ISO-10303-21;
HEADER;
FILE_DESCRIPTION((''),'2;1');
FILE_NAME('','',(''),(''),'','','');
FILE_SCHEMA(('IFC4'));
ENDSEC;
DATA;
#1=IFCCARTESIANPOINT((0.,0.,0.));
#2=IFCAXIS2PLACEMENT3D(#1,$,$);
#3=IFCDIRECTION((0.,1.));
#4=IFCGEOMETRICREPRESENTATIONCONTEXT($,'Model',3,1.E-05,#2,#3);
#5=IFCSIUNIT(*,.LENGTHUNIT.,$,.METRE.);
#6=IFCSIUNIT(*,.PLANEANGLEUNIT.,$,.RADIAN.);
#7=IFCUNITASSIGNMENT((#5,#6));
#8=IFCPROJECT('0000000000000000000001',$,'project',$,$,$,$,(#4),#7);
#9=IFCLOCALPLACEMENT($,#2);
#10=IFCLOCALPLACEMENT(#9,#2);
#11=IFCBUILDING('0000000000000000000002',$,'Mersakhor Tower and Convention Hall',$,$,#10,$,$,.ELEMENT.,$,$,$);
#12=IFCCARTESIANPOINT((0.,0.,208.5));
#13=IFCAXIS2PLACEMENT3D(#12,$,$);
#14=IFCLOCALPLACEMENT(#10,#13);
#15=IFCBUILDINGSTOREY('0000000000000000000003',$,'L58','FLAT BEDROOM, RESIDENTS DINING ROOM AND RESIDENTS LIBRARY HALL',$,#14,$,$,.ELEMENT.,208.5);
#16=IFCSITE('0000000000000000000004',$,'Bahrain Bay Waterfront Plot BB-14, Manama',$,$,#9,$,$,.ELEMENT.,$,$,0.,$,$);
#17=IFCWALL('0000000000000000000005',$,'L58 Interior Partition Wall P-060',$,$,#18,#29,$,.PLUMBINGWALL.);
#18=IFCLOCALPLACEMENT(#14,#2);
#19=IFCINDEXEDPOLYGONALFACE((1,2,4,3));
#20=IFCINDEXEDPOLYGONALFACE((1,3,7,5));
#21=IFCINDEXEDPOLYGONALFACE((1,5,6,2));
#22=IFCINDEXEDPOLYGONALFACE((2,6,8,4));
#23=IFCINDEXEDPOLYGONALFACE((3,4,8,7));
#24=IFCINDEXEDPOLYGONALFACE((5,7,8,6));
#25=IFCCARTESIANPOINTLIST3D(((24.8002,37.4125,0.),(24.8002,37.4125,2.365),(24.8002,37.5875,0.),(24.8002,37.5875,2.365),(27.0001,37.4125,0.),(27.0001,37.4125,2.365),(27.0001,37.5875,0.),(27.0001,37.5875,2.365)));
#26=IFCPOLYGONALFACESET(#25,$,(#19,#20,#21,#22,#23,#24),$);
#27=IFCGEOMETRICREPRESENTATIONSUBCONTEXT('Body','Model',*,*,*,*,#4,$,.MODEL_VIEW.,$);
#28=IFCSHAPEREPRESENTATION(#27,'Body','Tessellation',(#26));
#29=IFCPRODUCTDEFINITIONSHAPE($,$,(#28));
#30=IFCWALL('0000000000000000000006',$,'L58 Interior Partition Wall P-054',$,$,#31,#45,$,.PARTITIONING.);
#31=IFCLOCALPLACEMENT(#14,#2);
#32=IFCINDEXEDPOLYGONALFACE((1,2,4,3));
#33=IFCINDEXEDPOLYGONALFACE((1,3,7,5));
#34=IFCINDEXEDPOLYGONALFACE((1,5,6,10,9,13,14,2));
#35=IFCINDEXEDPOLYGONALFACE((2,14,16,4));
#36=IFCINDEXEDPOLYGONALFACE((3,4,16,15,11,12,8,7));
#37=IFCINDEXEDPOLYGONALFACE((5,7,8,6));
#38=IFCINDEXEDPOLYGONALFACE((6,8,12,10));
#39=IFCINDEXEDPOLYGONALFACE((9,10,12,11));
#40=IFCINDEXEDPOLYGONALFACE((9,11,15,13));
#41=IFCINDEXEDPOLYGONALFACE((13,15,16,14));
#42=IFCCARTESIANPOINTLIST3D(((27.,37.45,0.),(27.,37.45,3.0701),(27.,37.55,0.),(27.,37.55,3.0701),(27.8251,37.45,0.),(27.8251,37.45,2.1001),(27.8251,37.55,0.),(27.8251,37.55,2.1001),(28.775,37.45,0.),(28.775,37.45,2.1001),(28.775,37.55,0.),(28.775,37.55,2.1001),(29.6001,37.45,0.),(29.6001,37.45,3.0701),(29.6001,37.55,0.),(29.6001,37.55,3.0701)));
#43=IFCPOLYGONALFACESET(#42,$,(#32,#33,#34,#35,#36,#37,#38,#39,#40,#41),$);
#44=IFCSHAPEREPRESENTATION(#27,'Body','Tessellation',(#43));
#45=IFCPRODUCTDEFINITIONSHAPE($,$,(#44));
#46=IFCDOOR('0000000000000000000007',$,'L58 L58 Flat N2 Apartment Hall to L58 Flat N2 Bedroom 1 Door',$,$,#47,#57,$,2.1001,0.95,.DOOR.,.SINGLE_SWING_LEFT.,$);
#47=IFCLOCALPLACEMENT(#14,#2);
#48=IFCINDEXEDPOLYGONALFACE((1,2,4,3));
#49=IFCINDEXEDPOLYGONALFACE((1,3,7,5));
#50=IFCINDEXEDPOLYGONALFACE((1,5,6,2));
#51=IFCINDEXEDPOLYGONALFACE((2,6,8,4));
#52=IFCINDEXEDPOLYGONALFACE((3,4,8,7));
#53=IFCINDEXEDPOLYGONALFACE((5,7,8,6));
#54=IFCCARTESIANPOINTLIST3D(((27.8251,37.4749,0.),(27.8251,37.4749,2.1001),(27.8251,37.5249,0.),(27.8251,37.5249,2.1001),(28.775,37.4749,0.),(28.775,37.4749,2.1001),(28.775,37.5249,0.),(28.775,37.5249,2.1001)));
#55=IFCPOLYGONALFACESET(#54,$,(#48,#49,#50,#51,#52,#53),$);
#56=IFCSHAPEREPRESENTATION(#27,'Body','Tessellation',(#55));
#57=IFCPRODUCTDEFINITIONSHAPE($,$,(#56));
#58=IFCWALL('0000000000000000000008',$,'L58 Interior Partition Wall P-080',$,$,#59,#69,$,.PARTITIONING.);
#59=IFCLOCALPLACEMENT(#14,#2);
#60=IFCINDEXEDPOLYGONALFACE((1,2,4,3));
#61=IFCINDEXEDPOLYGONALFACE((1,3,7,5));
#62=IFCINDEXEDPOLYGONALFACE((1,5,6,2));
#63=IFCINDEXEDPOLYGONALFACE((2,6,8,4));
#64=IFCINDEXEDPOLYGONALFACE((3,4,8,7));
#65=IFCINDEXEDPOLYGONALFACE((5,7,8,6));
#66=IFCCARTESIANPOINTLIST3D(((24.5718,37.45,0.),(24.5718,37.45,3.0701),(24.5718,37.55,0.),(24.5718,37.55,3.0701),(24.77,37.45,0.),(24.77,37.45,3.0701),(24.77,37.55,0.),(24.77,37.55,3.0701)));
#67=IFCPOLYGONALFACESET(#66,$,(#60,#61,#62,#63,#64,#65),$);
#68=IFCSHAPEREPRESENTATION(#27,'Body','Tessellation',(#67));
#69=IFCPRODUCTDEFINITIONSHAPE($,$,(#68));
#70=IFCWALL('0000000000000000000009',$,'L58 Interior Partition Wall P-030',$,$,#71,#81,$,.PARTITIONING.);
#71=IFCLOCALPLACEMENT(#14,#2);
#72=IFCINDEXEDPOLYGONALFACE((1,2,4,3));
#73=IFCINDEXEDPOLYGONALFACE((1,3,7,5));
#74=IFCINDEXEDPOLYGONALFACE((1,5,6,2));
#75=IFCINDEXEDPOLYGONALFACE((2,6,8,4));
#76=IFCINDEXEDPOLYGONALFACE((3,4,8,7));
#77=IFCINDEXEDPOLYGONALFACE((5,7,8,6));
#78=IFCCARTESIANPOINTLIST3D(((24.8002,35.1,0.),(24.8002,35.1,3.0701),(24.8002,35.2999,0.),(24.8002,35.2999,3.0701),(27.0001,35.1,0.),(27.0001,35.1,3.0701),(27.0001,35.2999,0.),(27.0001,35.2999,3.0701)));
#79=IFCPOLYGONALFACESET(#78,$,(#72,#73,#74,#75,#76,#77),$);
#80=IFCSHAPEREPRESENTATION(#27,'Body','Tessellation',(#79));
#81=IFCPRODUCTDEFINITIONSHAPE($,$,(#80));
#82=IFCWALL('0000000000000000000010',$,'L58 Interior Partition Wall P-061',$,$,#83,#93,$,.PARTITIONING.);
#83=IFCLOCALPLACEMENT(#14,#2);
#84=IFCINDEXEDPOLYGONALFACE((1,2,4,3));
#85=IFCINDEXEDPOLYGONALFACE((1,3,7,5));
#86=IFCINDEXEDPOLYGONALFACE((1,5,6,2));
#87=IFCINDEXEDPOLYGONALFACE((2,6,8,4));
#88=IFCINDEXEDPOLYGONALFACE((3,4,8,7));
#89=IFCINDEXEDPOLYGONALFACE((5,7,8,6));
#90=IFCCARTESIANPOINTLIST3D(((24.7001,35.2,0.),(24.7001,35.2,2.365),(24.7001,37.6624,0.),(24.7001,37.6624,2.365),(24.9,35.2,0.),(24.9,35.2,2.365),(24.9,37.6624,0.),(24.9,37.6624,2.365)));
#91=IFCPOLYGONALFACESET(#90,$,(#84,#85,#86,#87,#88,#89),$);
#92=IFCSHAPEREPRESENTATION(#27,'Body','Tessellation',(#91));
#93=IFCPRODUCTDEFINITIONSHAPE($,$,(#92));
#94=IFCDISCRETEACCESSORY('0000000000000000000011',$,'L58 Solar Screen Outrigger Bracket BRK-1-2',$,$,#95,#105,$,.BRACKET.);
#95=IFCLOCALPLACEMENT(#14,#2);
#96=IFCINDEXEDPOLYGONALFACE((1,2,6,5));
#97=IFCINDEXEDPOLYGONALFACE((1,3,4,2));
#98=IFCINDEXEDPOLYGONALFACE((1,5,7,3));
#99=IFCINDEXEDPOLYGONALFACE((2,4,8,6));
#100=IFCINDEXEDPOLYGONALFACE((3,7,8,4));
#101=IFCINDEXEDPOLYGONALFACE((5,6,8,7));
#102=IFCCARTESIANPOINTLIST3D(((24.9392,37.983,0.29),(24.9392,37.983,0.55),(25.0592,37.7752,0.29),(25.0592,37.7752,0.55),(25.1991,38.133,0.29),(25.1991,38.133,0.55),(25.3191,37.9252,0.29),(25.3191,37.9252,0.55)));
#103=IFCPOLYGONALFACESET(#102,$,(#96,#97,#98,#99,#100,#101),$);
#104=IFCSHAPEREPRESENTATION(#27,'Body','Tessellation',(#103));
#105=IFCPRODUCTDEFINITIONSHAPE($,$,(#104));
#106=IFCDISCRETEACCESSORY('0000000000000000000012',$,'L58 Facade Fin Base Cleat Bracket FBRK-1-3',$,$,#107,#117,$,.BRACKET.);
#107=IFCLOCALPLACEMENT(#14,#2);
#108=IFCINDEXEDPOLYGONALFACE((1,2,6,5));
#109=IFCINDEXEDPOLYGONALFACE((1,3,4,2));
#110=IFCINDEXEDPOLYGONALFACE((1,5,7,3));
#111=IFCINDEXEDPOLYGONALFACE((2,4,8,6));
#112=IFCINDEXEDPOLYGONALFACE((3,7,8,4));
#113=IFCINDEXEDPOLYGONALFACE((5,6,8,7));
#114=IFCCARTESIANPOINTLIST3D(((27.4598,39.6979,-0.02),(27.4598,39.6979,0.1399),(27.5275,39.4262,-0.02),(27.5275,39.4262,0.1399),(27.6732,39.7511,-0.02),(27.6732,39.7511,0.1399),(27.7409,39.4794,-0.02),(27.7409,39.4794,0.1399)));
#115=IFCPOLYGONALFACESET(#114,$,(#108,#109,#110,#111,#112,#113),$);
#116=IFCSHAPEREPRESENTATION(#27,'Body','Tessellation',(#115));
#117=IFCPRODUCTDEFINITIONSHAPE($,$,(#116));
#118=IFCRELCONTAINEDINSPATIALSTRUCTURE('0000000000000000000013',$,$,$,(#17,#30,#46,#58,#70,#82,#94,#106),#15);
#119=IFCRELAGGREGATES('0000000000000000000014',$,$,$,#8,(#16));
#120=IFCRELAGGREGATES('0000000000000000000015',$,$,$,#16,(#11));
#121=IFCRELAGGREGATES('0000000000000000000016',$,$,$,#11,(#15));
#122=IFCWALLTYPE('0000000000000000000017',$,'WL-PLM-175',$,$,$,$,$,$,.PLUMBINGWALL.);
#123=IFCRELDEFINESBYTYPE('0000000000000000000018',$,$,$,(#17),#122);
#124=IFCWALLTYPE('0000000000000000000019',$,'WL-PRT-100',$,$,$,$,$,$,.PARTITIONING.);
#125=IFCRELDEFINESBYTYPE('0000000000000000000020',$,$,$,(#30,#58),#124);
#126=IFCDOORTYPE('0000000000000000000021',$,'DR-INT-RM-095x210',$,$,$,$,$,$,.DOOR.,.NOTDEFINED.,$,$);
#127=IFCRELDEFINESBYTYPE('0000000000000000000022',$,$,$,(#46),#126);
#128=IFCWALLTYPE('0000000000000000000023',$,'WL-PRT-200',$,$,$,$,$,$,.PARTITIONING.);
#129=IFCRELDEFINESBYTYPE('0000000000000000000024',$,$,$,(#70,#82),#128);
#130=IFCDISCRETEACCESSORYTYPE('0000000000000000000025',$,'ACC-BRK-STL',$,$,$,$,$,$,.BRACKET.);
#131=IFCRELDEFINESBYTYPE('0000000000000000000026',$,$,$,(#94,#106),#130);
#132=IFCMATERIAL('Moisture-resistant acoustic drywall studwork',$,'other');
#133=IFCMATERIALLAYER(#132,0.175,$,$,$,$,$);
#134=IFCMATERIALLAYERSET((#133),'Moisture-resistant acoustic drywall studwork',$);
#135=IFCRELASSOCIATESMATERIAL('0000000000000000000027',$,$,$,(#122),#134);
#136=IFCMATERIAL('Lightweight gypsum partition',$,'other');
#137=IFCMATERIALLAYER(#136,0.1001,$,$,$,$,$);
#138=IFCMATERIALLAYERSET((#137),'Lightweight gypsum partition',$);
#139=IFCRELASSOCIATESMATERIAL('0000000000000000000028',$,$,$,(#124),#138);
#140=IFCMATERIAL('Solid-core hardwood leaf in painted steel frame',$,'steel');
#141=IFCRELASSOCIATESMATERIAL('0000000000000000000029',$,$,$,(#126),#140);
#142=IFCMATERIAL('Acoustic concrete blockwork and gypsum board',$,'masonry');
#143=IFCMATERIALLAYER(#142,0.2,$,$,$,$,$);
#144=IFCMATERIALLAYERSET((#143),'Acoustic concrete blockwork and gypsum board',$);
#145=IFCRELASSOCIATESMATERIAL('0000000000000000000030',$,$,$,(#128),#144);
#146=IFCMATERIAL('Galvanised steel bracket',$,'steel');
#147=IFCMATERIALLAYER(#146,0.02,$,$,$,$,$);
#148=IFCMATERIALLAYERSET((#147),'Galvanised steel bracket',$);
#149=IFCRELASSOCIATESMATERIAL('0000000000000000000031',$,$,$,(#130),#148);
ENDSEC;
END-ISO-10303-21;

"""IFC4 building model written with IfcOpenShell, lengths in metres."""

from ifc_helpers import new_model, si_unit, direction, frame, frame_2d, origin, origin_2d, place, context, subcontext, project, spatial, rectangle, extrude, material, layer, layer_set, type_object, element, fill, save


model = new_model("IFC4")

# Units and contexts
model_context = context("Model", 3, precision=1e-05, world=origin(), true_north=direction((0.0, 1.0)))
body_context = subcontext(model_context, "Body", "Model", "MODEL_VIEW")
ifc_project = project(units=[si_unit("LENGTHUNIT", "METRE"), si_unit("PLANEANGLEUNIT", "RADIAN")], contexts=[model_context])

# Site, building, storey
site_placement = place(None, origin())
site = spatial("IfcSite", under=ifc_project, at=site_placement, Name="Bahrain Bay Waterfront Plot BB-14, Manama", CompositionType="ELEMENT", RefElevation=0.0)
building_placement = place(site_placement, origin())
building = spatial("IfcBuilding", under=site, at=building_placement, Name="Mersakhor Tower and Convention Hall", CompositionType="ELEMENT")
storey_placement = place(building_placement, frame((0.0, 0.0, 208.5)))
storey = spatial("IfcBuildingStorey", under=building, at=storey_placement, Name="L58", Description="FLAT BEDROOM, RESIDENTS DINING ROOM AND RESIDENTS LIBRARY HALL", CompositionType="ELEMENT", Elevation=208.5)

# Shared definitions
ifc_material_1 = material(Name="Moisture-resistant acoustic drywall studwork", Category="other")
ifc_layer_1 = layer(ifc_material_1, 0.175)
ifc_layer_set_1 = layer_set([ifc_layer_1], Name="Moisture-resistant acoustic drywall studwork")
wall_type_1 = type_object("IfcWallType", Name="WL-PLM-175", PredefinedType="PLUMBINGWALL", material=ifc_layer_set_1)

# Wall
wall_1_placement = place(storey_placement, frame((24.8, 37.5, 0.0), z_axis=(0.0, 0.0, 1.0), x_axis=(1.0, 0.0, 0.0)))
element("IfcWall", 1, at=wall_1_placement, inside=storey, type_object=wall_type_1, Name="L58 Interior Partition Wall P-060", PredefinedType="PLUMBINGWALL", context=body_context, shape_type="SweptSolid", body=[
    extrude(rectangle(XDim=2.2, YDim=0.175, at=frame_2d((1.1001, 0.0))), origin(), (0.0, 0.0, 1.0), 2.365),
])

# Wall, opening, door
ifc_material_2 = material(Name="Lightweight gypsum partition", Category="other")
ifc_layer_2 = layer(ifc_material_2, 0.1001)
ifc_layer_set_2 = layer_set([ifc_layer_2], Name="Lightweight gypsum partition")
wall_type_2 = type_object("IfcWallType", Name="WL-PRT-100", PredefinedType="PARTITIONING", material=ifc_layer_set_2)
wall_2_placement = place(storey_placement, frame((27.0, 37.5, 0.0), z_axis=(0.0, 0.0, 1.0), x_axis=(1.0, 0.0, 0.0)))
wall_2 = element("IfcWall", 2, at=wall_2_placement, inside=storey, type_object=wall_type_2, Name="L58 Interior Partition Wall P-054", PredefinedType="PARTITIONING", context=body_context, shape_type="SweptSolid", body=[
    extrude(rectangle(XDim=2.6001, YDim=0.1001, at=frame_2d((1.3, 0.0))), origin(), (0.0, 0.0, 1.0), 3.0701),
])
opening_1_placement = place(wall_2_placement, frame((0.825, 0.0, 0.0)))
opening_1 = element("IfcOpeningElement", 3, at=opening_1_placement, cuts=wall_2, PredefinedType="OPENING", context=body_context, shape_type="SweptSolid", body=[
    extrude(rectangle(XDim=0.95, YDim=2.1001, at=frame_2d((0.4751, 1.05))), frame((0.0, 0.0601, 0.0), z_axis=(0.0, -1.0, 0.0), x_axis=(1.0, 0.0, 0.0)), (0.0, 0.0, 1.0), 0.1201),
])
ifc_material_3 = material(Name="Solid-core hardwood leaf in painted steel frame", Category="steel")
door_type_1 = type_object("IfcDoorType", Name="DR-INT-RM-095x210", OperationType="NOTDEFINED", PredefinedType="DOOR", material=ifc_material_3)
door_1_placement = place(opening_1_placement, origin())
door_1 = element("IfcDoor", 4, at=door_1_placement, inside=storey, type_object=door_type_1, Name="L58 L58 Flat N2 Apartment Hall to L58 Flat N2 Bedroom 1 Door", OperationType="SINGLE_SWING_LEFT", OverallHeight=2.1001, OverallWidth=0.95, PredefinedType="DOOR", context=body_context, shape_type="SweptSolid", body=[
    extrude(rectangle(XDim=0.95, YDim=2.1001, at=frame_2d((0.4751, 1.05))), frame((0.0, 0.0249, 0.0), z_axis=(0.0, -1.0, 0.0), x_axis=(1.0, 0.0, 0.0)), (0.0, 0.0, 1.0), 0.05),
])
fill(opening_1, door_1)

# Walls
wall_3_placement = place(storey_placement, frame((24.5718, 37.5, 0.0), z_axis=(0.0, 0.0, 1.0), x_axis=(1.0, 0.0, 0.0)))
element("IfcWall", 5, at=wall_3_placement, inside=storey, type_object=wall_type_2, Name="L58 Interior Partition Wall P-080", PredefinedType="PARTITIONING", context=body_context, shape_type="SweptSolid", body=[
    extrude(rectangle(XDim=0.1982, YDim=0.1001, at=frame_2d((0.0991, 0.0))), origin(), (0.0, 0.0, 1.0), 3.0701),
])
ifc_material_4 = material(Name="Acoustic concrete blockwork and gypsum board", Category="masonry")
ifc_layer_3 = layer(ifc_material_4, 0.2)
ifc_layer_set_3 = layer_set([ifc_layer_3], Name="Acoustic concrete blockwork and gypsum board")
wall_type_3 = type_object("IfcWallType", Name="WL-PRT-200", PredefinedType="PARTITIONING", material=ifc_layer_set_3)
wall_4_placement = place(storey_placement, frame((24.8, 35.2, 0.0), z_axis=(0.0, 0.0, 1.0), x_axis=(1.0, 0.0, 0.0)))
element("IfcWall", 6, at=wall_4_placement, inside=storey, type_object=wall_type_3, Name="L58 Interior Partition Wall P-030", PredefinedType="PARTITIONING", context=body_context, shape_type="SweptSolid", body=[
    extrude(rectangle(XDim=2.2, YDim=0.2, at=frame_2d((1.1001, 0.0))), origin(), (0.0, 0.0, 1.0), 3.0701),
])

# Wall
wall_5_placement = place(storey_placement, frame((24.8, 35.2, 0.0), z_axis=(0.0, 0.0, 1.0), x_axis=(0.0, 1.0, 0.0)))
element("IfcWall", 7, at=wall_5_placement, inside=storey, type_object=wall_type_3, Name="L58 Interior Partition Wall P-061", PredefinedType="PARTITIONING", context=body_context, shape_type="SweptSolid", body=[
    extrude(rectangle(XDim=2.4624, YDim=0.2, at=frame_2d((1.2312, 0.0))), origin(), (0.0, 0.0, 1.0), 2.365),
])

# Discrete accessories
ifc_material_5 = material(Name="Galvanised steel bracket", Category="steel")
ifc_layer_4 = layer(ifc_material_5, 0.02)
ifc_layer_set_4 = layer_set([ifc_layer_4], Name="Galvanised steel bracket")
discrete_accessory_type = type_object("IfcDiscreteAccessoryType", Name="ACC-BRK-STL", PredefinedType="BRACKET", material=ifc_layer_set_4)
discrete_accessory_1_placement = place(storey_placement, frame((25.1292, 37.9541, 0.29), z_axis=(0.0, 0.0, 1.0), x_axis=(0.866025, 0.5, 0.0)))
element("IfcDiscreteAccessory", 8, at=discrete_accessory_1_placement, inside=storey, type_object=discrete_accessory_type, Name="L58 Solar Screen Outrigger Bracket BRK-1-2", PredefinedType="BRACKET", context=body_context, shape_type="SweptSolid", body=[
    extrude(rectangle(XDim=0.3, YDim=0.24, at=origin_2d()), origin(), (0.0, 0.0, 1.0), 0.26),
])
discrete_accessory_2_placement = place(storey_placement, frame((27.6003, 39.5886, -0.02), z_axis=(0.0, 0.0, 1.0), x_axis=(-0.241922, 0.970296, 0.0)))
element("IfcDiscreteAccessory", 9, at=discrete_accessory_2_placement, inside=storey, type_object=discrete_accessory_type, Name="L58 Facade Fin Base Cleat Bracket FBRK-1-3", PredefinedType="BRACKET", context=body_context, shape_type="SweptSolid", body=[
    extrude(rectangle(XDim=0.28, YDim=0.22, at=origin_2d()), origin(), (0.0, 0.0, 1.0), 0.1599),
])

save(model, "model.ifc")
